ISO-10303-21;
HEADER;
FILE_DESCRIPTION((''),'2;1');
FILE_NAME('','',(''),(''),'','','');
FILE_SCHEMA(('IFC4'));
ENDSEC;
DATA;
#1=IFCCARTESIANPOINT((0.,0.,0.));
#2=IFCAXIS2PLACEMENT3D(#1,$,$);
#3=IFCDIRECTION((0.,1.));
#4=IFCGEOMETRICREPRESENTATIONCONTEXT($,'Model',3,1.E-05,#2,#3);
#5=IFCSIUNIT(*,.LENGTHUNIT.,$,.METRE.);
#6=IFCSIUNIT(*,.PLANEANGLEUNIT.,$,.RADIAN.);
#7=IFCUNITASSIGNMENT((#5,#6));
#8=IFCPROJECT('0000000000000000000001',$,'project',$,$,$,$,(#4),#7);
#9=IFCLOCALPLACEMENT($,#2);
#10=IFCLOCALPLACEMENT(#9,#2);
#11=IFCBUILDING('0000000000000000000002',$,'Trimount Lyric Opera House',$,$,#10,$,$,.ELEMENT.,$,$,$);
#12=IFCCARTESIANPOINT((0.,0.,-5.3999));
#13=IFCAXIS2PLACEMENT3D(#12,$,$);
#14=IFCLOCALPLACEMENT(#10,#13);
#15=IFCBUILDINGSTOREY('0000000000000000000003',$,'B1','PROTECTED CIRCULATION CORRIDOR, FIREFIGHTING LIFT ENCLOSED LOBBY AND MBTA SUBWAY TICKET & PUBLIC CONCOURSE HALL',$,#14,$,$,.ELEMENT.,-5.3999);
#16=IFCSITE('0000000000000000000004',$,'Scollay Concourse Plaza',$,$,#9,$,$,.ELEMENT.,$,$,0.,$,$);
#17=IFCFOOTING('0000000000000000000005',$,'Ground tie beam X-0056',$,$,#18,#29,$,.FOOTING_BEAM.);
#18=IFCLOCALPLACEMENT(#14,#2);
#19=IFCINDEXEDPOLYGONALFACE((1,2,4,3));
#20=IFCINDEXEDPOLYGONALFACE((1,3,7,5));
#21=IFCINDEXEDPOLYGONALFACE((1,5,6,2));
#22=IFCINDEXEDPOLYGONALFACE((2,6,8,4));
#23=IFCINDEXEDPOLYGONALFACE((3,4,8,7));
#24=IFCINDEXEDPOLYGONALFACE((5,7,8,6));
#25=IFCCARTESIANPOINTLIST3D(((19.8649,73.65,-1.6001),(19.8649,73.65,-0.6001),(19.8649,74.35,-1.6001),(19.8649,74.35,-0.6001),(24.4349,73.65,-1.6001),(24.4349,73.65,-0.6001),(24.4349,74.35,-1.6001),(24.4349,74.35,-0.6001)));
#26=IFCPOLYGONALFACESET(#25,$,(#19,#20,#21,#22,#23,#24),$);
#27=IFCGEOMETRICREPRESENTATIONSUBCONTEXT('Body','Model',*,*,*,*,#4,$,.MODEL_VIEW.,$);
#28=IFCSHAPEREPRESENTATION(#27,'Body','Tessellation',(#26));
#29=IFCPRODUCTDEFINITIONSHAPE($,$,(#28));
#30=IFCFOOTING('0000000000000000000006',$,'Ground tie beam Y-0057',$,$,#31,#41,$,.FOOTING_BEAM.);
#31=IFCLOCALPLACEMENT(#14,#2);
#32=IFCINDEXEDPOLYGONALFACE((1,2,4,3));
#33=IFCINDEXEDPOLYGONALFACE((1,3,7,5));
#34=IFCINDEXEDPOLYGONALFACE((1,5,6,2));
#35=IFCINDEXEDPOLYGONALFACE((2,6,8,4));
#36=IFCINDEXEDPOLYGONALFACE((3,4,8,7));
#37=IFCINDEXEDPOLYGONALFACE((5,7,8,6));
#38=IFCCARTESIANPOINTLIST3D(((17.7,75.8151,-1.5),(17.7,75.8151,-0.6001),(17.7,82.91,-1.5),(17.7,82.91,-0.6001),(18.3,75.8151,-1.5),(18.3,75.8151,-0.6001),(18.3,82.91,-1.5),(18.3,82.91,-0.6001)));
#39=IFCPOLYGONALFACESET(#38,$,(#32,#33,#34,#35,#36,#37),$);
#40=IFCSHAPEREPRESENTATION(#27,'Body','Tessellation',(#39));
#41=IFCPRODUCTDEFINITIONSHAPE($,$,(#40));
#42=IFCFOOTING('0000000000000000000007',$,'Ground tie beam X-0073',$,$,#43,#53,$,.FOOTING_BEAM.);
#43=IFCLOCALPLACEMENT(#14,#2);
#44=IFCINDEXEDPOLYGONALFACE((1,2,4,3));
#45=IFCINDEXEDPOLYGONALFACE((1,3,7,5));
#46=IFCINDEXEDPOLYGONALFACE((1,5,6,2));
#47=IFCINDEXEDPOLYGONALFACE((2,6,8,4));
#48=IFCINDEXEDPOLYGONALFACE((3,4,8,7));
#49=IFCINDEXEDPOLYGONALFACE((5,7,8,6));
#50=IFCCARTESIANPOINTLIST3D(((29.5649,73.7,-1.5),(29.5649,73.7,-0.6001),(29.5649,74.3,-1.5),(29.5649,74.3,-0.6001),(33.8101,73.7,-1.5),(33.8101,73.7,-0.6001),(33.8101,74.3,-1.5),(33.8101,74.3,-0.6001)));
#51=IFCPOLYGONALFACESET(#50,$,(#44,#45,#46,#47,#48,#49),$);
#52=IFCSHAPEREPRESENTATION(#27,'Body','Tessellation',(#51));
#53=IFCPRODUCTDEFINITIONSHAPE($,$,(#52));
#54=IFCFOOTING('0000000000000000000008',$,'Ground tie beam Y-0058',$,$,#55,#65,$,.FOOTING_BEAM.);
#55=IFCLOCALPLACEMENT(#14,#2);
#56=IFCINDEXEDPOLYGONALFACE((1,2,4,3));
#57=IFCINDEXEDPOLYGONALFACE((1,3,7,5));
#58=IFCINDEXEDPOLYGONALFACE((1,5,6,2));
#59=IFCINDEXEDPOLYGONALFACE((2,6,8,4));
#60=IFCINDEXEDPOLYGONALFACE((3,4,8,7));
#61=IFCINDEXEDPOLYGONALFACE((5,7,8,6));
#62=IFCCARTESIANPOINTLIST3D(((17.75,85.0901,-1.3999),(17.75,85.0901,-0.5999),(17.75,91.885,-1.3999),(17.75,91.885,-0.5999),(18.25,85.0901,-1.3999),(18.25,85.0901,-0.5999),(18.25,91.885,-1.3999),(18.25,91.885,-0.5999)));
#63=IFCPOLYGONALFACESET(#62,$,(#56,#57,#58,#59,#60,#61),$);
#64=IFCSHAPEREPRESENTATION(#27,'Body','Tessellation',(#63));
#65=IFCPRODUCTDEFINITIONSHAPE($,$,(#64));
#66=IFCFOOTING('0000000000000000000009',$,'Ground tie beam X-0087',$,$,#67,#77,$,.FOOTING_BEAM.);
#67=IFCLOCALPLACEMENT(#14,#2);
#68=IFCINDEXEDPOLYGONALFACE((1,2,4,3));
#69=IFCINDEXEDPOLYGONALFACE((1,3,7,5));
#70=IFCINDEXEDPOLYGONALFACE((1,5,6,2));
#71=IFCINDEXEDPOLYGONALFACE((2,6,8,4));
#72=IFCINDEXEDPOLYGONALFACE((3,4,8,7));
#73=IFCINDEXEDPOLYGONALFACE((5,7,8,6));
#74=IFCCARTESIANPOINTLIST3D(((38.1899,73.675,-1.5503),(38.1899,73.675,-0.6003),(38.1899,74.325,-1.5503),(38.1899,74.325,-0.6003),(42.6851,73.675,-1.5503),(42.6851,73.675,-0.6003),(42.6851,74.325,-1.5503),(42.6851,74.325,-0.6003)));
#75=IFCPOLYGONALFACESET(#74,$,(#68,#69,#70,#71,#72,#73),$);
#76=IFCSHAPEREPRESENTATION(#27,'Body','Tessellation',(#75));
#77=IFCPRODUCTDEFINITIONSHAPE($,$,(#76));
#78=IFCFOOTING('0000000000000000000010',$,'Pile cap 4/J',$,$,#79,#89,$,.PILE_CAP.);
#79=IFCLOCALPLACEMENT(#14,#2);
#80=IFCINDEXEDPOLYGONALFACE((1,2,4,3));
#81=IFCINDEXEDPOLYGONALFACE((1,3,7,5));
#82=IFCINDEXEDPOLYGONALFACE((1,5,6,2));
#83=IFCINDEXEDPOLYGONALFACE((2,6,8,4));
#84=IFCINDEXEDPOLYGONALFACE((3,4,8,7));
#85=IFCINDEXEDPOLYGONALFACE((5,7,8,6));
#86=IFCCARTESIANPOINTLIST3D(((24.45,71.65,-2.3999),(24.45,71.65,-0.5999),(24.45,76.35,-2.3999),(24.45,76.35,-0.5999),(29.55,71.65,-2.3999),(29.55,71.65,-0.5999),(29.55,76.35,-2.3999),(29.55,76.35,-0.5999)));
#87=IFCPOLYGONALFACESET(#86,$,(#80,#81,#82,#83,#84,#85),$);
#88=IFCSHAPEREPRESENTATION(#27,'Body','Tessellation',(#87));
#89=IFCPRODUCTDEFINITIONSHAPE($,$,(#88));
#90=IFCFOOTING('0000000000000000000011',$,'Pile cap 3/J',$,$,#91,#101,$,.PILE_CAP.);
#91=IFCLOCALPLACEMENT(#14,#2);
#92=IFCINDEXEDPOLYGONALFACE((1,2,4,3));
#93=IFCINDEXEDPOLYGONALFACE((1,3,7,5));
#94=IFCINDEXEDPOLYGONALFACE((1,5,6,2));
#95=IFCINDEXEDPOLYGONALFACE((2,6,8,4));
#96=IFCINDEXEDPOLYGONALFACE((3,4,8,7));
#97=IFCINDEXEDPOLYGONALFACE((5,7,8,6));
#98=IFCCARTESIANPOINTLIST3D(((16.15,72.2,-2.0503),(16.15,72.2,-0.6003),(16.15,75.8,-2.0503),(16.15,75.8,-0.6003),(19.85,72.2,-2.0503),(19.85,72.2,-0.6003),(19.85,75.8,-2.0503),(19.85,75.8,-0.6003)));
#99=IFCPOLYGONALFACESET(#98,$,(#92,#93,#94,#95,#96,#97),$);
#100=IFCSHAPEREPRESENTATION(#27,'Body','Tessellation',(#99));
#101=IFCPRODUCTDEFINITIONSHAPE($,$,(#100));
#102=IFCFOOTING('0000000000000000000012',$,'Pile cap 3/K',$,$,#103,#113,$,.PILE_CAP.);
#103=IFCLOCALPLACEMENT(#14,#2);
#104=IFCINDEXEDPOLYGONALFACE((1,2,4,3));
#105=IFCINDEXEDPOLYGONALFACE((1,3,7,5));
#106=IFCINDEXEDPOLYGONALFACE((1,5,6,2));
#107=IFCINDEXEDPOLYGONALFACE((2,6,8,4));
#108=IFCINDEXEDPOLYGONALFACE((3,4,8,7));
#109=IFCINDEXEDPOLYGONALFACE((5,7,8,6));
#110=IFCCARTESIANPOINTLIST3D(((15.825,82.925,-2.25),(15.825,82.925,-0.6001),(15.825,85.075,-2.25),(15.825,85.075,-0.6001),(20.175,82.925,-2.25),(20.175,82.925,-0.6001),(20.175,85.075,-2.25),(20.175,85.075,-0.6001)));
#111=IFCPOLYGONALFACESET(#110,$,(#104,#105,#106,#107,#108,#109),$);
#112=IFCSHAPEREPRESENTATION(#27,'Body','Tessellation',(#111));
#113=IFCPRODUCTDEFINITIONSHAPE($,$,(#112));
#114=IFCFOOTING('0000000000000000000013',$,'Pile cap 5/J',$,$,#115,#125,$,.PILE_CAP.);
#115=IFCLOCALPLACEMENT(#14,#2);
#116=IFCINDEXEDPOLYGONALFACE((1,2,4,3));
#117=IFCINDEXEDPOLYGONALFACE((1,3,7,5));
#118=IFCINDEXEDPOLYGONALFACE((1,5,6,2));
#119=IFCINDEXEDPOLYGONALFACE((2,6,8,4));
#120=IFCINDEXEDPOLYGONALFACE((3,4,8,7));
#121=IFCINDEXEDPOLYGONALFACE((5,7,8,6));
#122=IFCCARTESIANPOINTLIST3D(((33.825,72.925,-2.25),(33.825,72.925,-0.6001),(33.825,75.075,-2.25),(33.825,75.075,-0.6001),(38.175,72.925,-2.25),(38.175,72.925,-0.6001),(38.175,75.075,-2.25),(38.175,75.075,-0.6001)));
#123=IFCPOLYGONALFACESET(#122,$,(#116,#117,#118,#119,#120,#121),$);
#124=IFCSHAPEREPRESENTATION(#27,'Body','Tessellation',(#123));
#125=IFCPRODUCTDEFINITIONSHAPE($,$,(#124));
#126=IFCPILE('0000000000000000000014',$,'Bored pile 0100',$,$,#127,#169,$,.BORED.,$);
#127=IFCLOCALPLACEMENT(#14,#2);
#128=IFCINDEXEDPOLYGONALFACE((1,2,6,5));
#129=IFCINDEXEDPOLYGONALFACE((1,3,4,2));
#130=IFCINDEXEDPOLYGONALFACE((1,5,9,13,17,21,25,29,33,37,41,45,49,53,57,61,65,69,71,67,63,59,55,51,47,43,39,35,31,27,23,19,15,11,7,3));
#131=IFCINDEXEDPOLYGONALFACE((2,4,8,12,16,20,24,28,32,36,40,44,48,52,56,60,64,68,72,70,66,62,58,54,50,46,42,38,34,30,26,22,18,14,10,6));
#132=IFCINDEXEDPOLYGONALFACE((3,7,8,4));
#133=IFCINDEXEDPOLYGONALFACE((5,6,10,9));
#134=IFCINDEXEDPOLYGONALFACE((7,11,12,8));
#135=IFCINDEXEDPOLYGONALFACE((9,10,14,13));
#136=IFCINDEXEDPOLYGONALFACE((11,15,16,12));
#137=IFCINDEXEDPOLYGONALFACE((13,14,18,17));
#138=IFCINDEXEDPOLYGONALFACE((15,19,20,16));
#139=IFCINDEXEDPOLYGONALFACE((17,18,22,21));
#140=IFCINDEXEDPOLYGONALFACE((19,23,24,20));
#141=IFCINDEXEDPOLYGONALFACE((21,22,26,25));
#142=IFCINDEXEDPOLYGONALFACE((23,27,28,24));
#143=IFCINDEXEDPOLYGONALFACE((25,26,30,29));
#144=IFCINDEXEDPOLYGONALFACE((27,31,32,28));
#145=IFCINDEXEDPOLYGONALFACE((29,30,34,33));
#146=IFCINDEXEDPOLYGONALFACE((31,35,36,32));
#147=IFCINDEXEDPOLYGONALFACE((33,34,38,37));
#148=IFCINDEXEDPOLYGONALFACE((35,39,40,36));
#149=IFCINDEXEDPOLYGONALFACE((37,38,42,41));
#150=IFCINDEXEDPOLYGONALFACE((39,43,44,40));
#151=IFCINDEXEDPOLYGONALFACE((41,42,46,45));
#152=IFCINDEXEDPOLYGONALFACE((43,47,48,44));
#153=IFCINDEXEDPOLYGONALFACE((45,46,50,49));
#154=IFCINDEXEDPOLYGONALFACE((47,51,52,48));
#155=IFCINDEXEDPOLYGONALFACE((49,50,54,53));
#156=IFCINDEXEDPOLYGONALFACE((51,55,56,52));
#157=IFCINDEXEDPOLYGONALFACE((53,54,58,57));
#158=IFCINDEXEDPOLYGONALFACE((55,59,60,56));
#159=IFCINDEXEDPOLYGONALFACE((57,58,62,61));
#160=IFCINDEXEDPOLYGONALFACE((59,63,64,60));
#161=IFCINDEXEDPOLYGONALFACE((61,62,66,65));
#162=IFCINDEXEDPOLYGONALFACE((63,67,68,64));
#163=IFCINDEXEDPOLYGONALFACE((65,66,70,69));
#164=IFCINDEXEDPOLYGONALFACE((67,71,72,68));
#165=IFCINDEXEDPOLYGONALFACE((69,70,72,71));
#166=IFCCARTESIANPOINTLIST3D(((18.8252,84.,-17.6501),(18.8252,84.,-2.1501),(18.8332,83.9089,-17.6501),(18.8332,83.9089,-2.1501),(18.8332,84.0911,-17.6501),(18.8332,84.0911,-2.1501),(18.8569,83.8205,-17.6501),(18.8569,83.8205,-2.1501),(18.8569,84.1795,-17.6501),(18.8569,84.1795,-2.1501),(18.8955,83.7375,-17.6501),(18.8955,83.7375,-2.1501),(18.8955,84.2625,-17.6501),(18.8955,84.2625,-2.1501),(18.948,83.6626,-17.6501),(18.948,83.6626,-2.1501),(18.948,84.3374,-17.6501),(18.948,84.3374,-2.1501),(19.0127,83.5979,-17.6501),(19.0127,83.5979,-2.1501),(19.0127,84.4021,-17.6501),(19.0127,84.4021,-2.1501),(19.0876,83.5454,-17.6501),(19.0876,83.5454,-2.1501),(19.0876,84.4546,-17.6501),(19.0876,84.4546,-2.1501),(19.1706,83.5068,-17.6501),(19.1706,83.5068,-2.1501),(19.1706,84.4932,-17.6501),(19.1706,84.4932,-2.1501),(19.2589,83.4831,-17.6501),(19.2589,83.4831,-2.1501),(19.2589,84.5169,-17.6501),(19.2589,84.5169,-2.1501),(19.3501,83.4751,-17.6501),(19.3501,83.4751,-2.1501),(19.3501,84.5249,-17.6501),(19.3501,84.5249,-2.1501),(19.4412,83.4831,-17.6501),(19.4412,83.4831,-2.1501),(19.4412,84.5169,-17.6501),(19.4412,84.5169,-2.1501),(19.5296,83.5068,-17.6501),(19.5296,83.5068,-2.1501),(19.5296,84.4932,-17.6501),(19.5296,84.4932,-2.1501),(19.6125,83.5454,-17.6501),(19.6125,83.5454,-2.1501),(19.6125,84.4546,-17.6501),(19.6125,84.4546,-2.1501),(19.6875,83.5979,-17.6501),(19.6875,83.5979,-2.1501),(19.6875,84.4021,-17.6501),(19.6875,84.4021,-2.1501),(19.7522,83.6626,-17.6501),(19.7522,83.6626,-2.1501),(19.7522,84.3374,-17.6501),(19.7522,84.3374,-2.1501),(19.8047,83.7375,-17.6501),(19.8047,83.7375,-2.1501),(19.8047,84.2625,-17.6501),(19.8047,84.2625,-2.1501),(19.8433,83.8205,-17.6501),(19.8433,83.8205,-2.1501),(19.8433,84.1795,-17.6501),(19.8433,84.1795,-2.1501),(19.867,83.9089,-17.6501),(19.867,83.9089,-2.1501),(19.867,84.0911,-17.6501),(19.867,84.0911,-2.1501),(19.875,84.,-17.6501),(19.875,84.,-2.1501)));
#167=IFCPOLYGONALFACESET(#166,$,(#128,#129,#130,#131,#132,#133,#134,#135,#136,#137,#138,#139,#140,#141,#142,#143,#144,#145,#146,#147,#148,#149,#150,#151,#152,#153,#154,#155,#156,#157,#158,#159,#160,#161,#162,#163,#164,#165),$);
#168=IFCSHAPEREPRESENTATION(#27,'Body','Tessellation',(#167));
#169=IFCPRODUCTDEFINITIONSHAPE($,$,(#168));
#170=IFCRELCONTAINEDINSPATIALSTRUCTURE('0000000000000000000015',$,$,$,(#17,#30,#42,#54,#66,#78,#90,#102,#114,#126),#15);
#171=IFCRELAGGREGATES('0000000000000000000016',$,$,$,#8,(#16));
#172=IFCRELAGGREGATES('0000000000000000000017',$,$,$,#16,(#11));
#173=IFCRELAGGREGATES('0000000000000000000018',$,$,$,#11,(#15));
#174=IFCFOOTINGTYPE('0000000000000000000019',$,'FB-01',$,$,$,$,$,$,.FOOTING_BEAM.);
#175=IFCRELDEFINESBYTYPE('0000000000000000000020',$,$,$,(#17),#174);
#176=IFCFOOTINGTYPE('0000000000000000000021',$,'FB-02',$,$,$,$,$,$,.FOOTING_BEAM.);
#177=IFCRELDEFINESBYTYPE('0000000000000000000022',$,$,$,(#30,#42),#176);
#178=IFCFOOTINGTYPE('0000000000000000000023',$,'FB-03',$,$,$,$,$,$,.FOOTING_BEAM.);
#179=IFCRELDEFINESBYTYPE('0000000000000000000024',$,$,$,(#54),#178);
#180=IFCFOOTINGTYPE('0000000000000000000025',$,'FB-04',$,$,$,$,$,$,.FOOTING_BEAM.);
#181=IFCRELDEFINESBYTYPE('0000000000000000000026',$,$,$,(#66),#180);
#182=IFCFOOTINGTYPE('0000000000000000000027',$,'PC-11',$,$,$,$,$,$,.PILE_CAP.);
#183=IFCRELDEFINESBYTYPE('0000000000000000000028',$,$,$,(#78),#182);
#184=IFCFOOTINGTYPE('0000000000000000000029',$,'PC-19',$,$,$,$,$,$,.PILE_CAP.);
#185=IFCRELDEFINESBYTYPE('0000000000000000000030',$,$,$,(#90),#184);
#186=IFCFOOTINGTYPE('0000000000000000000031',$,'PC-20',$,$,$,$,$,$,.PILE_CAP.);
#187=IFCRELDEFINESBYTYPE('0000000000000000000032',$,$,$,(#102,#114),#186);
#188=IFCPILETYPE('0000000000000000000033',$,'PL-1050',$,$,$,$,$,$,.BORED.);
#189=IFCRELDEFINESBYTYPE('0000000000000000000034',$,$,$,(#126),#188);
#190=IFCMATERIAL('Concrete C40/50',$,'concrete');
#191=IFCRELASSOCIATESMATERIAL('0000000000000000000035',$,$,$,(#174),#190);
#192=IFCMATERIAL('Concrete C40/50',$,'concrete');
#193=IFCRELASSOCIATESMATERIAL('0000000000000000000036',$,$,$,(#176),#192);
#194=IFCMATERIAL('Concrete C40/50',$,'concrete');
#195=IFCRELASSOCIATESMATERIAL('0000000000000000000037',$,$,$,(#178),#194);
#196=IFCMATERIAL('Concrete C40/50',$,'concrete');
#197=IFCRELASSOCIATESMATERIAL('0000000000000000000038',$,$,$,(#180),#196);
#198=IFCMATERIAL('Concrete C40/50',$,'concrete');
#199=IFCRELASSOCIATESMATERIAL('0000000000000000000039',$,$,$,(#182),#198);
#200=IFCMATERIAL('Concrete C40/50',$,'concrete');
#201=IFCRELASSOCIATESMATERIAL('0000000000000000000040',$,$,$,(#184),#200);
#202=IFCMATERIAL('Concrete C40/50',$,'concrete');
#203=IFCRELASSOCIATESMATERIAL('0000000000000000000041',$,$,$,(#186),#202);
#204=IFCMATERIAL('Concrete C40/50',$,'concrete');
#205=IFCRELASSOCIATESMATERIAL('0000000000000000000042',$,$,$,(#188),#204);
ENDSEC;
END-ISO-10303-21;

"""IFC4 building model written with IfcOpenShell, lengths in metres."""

from ifc_helpers import new_model, si_unit, direction, frame, origin, origin_2d, place, context, subcontext, project, spatial, rectangle, circle, extrude, material, material_profile, profile_set, type_object, element, save


model = new_model("IFC4")

# Units and contexts
model_context = context("Model", 3, precision=1e-05, world=origin(), true_north=direction((0.0, 1.0)))
body_context = subcontext(model_context, "Body", "Model", "MODEL_VIEW")
ifc_project = project(units=[si_unit("LENGTHUNIT", "METRE"), si_unit("PLANEANGLEUNIT", "RADIAN")], contexts=[model_context])

# Site, building, storey
site_placement = place(None, origin())
site = spatial("IfcSite", under=ifc_project, at=site_placement, Name="Scollay Concourse Plaza", CompositionType="ELEMENT", RefElevation=0.0)
building_placement = place(site_placement, origin())
building = spatial("IfcBuilding", under=site, at=building_placement, Name="Trimount Lyric Opera House", CompositionType="ELEMENT")
storey_placement = place(building_placement, frame((0.0, 0.0, -5.3999)))
storey = spatial("IfcBuildingStorey", under=building, at=storey_placement, Name="B1", Description="PROTECTED CIRCULATION CORRIDOR, FIREFIGHTING LIFT ENCLOSED LOBBY AND MBTA SUBWAY TICKET & PUBLIC CONCOURSE HALL", CompositionType="ELEMENT", Elevation=-5.3999)

# Footings
ifc_material_1 = material(Name="Concrete C40/50", Category="concrete")
footing_type_1 = type_object("IfcFootingType", Name="FB-01", PredefinedType="FOOTING_BEAM", material=ifc_material_1)
footing_1_placement = place(storey_placement, frame((22.1499, 74.0, -1.6001), z_axis=(0.0, 0.0, 1.0), x_axis=(1.0, 0.0, 0.0)))
element("IfcFooting", 1, at=footing_1_placement, inside=storey, type_object=footing_type_1, Name="Ground tie beam X-0056", PredefinedType="FOOTING_BEAM", context=body_context, shape_type="SweptSolid", body=[
    extrude(rectangle(XDim=4.5701, YDim=0.7, at=origin_2d()), origin(), (0.0, 0.0, 1.0), 1.0),
])
ifc_material_2 = material(Name="Concrete C40/50", Category="concrete")
footing_type_2 = type_object("IfcFootingType", Name="FB-02", PredefinedType="FOOTING_BEAM", material=ifc_material_2)
footing_2_placement = place(storey_placement, frame((18.0, 79.3625, -1.5), z_axis=(0.0, 0.0, 1.0), x_axis=(1.0, 0.0, 0.0)))
element("IfcFooting", 2, at=footing_2_placement, inside=storey, type_object=footing_type_2, Name="Ground tie beam Y-0057", PredefinedType="FOOTING_BEAM", context=body_context, shape_type="SweptSolid", body=[
    extrude(rectangle(XDim=0.6001, YDim=7.095, at=origin_2d()), origin(), (0.0, 0.0, 1.0), 0.8999),
])
footing_3_placement = place(storey_placement, frame((31.6875, 74.0, -1.5), z_axis=(0.0, 0.0, 1.0), x_axis=(1.0, 0.0, 0.0)))
element("IfcFooting", 3, at=footing_3_placement, inside=storey, type_object=footing_type_2, Name="Ground tie beam X-0073", PredefinedType="FOOTING_BEAM", context=body_context, shape_type="SweptSolid", body=[
    extrude(rectangle(XDim=4.2451, YDim=0.6001, at=origin_2d()), origin(), (0.0, 0.0, 1.0), 0.8999),
])
ifc_material_3 = material(Name="Concrete C40/50", Category="concrete")
footing_type_3 = type_object("IfcFootingType", Name="FB-03", PredefinedType="FOOTING_BEAM", material=ifc_material_3)
footing_4_placement = place(storey_placement, frame((18.0, 88.4875, -1.3999), z_axis=(0.0, 0.0, 1.0), x_axis=(1.0, 0.0, 0.0)))
element("IfcFooting", 4, at=footing_4_placement, inside=storey, type_object=footing_type_3, Name="Ground tie beam Y-0058", PredefinedType="FOOTING_BEAM", context=body_context, shape_type="SweptSolid", body=[
    extrude(rectangle(XDim=0.5, YDim=6.7949, at=origin_2d()), origin(), (0.0, 0.0, 1.0), 0.8),
])
ifc_material_4 = material(Name="Concrete C40/50", Category="concrete")
footing_type_4 = type_object("IfcFootingType", Name="FB-04", PredefinedType="FOOTING_BEAM", material=ifc_material_4)
footing_5_placement = place(storey_placement, frame((40.4375, 74.0, -1.5503), z_axis=(0.0, 0.0, 1.0), x_axis=(1.0, 0.0, 0.0)))
element("IfcFooting", 5, at=footing_5_placement, inside=storey, type_object=footing_type_4, Name="Ground tie beam X-0087", PredefinedType="FOOTING_BEAM", context=body_context, shape_type="SweptSolid", body=[
    extrude(rectangle(XDim=4.4951, YDim=0.6499, at=origin_2d()), origin(), (0.0, 0.0, 1.0), 0.95),
])
ifc_material_5 = material(Name="Concrete C40/50", Category="concrete")
footing_type_5 = type_object("IfcFootingType", Name="PC-11", PredefinedType="PILE_CAP", material=ifc_material_5)
footing_6_placement = place(storey_placement, frame((27.0, 74.0, -2.3999), z_axis=(0.0, 0.0, 1.0), x_axis=(1.0, 0.0, 0.0)))
element("IfcFooting", 6, at=footing_6_placement, inside=storey, type_object=footing_type_5, Name="Pile cap 4/J", PredefinedType="PILE_CAP", context=body_context, shape_type="SweptSolid", body=[
    extrude(rectangle(XDim=5.1001, YDim=4.7, at=origin_2d()), origin(), (0.0, 0.0, 1.0), 1.8),
])
ifc_material_6 = material(Name="Concrete C40/50", Category="concrete")
footing_type_6 = type_object("IfcFootingType", Name="PC-19", PredefinedType="PILE_CAP", material=ifc_material_6)
footing_7_placement = place(storey_placement, frame((18.0, 74.0, -2.0503), z_axis=(0.0, 0.0, 1.0), x_axis=(1.0, 0.0, 0.0)))
element("IfcFooting", 7, at=footing_7_placement, inside=storey, type_object=footing_type_6, Name="Pile cap 3/J", PredefinedType="PILE_CAP", context=body_context, shape_type="SweptSolid", body=[
    extrude(rectangle(XDim=3.7, YDim=3.6001, at=origin_2d()), origin(), (0.0, 0.0, 1.0), 1.45),
])
ifc_material_7 = material(Name="Concrete C40/50", Category="concrete")
footing_type_7 = type_object("IfcFootingType", Name="PC-20", PredefinedType="PILE_CAP", material=ifc_material_7)
for number, where, z_axis, x_axis, name in (
    (8, (18.0, 84.0, -2.25), (0.0, 0.0, 1.0), (1.0, 0.0, 0.0), "Pile cap 3/K"),
    (9, (36.0, 74.0, -2.25), (0.0, 0.0, 1.0), (1.0, 0.0, 0.0), "Pile cap 5/J"),
):
    element("IfcFooting", number, at=place(storey_placement, frame(where, z_axis=z_axis, x_axis=x_axis)), inside=storey, type_object=footing_type_7, Name=name, PredefinedType="PILE_CAP", context=body_context, shape_type="SweptSolid", body=[
        extrude(rectangle(XDim=4.3501, YDim=2.1499, at=origin_2d()), origin(), (0.0, 0.0, 1.0), 1.6499),
    ])

# Pile
ifc_material_8 = material(Name="Concrete C40/50", Category="concrete")
ifc_material_profile_1 = material_profile(ifc_material_8, circle(Radius=0.5249, at=origin_2d()), Name="PILE-D1050")
ifc_profile_set_1 = profile_set([ifc_material_profile_1], Name="Concrete C40/50")
pile_type_1 = type_object("IfcPileType", Name="PL-1050", PredefinedType="BORED", material=ifc_profile_set_1)
for number, where, z_axis, x_axis, name in (
    (10, (19.3501, 84.0, -2.1501), (0.0, 0.0, -1.0), (1.0, 0.0, 0.0), "Bored pile 0100"),
):
    element("IfcPile", number, at=place(storey_placement, frame(where, z_axis=z_axis, x_axis=x_axis)), inside=storey, type_object=pile_type_1, Name=name, PredefinedType="BORED", context=body_context, shape_type="SweptSolid", body=[
        extrude(circle(Radius=0.5249, at=origin_2d()), origin(), (0.0, 0.0, 1.0), 15.5),
    ])

save(model, "model.ifc")
